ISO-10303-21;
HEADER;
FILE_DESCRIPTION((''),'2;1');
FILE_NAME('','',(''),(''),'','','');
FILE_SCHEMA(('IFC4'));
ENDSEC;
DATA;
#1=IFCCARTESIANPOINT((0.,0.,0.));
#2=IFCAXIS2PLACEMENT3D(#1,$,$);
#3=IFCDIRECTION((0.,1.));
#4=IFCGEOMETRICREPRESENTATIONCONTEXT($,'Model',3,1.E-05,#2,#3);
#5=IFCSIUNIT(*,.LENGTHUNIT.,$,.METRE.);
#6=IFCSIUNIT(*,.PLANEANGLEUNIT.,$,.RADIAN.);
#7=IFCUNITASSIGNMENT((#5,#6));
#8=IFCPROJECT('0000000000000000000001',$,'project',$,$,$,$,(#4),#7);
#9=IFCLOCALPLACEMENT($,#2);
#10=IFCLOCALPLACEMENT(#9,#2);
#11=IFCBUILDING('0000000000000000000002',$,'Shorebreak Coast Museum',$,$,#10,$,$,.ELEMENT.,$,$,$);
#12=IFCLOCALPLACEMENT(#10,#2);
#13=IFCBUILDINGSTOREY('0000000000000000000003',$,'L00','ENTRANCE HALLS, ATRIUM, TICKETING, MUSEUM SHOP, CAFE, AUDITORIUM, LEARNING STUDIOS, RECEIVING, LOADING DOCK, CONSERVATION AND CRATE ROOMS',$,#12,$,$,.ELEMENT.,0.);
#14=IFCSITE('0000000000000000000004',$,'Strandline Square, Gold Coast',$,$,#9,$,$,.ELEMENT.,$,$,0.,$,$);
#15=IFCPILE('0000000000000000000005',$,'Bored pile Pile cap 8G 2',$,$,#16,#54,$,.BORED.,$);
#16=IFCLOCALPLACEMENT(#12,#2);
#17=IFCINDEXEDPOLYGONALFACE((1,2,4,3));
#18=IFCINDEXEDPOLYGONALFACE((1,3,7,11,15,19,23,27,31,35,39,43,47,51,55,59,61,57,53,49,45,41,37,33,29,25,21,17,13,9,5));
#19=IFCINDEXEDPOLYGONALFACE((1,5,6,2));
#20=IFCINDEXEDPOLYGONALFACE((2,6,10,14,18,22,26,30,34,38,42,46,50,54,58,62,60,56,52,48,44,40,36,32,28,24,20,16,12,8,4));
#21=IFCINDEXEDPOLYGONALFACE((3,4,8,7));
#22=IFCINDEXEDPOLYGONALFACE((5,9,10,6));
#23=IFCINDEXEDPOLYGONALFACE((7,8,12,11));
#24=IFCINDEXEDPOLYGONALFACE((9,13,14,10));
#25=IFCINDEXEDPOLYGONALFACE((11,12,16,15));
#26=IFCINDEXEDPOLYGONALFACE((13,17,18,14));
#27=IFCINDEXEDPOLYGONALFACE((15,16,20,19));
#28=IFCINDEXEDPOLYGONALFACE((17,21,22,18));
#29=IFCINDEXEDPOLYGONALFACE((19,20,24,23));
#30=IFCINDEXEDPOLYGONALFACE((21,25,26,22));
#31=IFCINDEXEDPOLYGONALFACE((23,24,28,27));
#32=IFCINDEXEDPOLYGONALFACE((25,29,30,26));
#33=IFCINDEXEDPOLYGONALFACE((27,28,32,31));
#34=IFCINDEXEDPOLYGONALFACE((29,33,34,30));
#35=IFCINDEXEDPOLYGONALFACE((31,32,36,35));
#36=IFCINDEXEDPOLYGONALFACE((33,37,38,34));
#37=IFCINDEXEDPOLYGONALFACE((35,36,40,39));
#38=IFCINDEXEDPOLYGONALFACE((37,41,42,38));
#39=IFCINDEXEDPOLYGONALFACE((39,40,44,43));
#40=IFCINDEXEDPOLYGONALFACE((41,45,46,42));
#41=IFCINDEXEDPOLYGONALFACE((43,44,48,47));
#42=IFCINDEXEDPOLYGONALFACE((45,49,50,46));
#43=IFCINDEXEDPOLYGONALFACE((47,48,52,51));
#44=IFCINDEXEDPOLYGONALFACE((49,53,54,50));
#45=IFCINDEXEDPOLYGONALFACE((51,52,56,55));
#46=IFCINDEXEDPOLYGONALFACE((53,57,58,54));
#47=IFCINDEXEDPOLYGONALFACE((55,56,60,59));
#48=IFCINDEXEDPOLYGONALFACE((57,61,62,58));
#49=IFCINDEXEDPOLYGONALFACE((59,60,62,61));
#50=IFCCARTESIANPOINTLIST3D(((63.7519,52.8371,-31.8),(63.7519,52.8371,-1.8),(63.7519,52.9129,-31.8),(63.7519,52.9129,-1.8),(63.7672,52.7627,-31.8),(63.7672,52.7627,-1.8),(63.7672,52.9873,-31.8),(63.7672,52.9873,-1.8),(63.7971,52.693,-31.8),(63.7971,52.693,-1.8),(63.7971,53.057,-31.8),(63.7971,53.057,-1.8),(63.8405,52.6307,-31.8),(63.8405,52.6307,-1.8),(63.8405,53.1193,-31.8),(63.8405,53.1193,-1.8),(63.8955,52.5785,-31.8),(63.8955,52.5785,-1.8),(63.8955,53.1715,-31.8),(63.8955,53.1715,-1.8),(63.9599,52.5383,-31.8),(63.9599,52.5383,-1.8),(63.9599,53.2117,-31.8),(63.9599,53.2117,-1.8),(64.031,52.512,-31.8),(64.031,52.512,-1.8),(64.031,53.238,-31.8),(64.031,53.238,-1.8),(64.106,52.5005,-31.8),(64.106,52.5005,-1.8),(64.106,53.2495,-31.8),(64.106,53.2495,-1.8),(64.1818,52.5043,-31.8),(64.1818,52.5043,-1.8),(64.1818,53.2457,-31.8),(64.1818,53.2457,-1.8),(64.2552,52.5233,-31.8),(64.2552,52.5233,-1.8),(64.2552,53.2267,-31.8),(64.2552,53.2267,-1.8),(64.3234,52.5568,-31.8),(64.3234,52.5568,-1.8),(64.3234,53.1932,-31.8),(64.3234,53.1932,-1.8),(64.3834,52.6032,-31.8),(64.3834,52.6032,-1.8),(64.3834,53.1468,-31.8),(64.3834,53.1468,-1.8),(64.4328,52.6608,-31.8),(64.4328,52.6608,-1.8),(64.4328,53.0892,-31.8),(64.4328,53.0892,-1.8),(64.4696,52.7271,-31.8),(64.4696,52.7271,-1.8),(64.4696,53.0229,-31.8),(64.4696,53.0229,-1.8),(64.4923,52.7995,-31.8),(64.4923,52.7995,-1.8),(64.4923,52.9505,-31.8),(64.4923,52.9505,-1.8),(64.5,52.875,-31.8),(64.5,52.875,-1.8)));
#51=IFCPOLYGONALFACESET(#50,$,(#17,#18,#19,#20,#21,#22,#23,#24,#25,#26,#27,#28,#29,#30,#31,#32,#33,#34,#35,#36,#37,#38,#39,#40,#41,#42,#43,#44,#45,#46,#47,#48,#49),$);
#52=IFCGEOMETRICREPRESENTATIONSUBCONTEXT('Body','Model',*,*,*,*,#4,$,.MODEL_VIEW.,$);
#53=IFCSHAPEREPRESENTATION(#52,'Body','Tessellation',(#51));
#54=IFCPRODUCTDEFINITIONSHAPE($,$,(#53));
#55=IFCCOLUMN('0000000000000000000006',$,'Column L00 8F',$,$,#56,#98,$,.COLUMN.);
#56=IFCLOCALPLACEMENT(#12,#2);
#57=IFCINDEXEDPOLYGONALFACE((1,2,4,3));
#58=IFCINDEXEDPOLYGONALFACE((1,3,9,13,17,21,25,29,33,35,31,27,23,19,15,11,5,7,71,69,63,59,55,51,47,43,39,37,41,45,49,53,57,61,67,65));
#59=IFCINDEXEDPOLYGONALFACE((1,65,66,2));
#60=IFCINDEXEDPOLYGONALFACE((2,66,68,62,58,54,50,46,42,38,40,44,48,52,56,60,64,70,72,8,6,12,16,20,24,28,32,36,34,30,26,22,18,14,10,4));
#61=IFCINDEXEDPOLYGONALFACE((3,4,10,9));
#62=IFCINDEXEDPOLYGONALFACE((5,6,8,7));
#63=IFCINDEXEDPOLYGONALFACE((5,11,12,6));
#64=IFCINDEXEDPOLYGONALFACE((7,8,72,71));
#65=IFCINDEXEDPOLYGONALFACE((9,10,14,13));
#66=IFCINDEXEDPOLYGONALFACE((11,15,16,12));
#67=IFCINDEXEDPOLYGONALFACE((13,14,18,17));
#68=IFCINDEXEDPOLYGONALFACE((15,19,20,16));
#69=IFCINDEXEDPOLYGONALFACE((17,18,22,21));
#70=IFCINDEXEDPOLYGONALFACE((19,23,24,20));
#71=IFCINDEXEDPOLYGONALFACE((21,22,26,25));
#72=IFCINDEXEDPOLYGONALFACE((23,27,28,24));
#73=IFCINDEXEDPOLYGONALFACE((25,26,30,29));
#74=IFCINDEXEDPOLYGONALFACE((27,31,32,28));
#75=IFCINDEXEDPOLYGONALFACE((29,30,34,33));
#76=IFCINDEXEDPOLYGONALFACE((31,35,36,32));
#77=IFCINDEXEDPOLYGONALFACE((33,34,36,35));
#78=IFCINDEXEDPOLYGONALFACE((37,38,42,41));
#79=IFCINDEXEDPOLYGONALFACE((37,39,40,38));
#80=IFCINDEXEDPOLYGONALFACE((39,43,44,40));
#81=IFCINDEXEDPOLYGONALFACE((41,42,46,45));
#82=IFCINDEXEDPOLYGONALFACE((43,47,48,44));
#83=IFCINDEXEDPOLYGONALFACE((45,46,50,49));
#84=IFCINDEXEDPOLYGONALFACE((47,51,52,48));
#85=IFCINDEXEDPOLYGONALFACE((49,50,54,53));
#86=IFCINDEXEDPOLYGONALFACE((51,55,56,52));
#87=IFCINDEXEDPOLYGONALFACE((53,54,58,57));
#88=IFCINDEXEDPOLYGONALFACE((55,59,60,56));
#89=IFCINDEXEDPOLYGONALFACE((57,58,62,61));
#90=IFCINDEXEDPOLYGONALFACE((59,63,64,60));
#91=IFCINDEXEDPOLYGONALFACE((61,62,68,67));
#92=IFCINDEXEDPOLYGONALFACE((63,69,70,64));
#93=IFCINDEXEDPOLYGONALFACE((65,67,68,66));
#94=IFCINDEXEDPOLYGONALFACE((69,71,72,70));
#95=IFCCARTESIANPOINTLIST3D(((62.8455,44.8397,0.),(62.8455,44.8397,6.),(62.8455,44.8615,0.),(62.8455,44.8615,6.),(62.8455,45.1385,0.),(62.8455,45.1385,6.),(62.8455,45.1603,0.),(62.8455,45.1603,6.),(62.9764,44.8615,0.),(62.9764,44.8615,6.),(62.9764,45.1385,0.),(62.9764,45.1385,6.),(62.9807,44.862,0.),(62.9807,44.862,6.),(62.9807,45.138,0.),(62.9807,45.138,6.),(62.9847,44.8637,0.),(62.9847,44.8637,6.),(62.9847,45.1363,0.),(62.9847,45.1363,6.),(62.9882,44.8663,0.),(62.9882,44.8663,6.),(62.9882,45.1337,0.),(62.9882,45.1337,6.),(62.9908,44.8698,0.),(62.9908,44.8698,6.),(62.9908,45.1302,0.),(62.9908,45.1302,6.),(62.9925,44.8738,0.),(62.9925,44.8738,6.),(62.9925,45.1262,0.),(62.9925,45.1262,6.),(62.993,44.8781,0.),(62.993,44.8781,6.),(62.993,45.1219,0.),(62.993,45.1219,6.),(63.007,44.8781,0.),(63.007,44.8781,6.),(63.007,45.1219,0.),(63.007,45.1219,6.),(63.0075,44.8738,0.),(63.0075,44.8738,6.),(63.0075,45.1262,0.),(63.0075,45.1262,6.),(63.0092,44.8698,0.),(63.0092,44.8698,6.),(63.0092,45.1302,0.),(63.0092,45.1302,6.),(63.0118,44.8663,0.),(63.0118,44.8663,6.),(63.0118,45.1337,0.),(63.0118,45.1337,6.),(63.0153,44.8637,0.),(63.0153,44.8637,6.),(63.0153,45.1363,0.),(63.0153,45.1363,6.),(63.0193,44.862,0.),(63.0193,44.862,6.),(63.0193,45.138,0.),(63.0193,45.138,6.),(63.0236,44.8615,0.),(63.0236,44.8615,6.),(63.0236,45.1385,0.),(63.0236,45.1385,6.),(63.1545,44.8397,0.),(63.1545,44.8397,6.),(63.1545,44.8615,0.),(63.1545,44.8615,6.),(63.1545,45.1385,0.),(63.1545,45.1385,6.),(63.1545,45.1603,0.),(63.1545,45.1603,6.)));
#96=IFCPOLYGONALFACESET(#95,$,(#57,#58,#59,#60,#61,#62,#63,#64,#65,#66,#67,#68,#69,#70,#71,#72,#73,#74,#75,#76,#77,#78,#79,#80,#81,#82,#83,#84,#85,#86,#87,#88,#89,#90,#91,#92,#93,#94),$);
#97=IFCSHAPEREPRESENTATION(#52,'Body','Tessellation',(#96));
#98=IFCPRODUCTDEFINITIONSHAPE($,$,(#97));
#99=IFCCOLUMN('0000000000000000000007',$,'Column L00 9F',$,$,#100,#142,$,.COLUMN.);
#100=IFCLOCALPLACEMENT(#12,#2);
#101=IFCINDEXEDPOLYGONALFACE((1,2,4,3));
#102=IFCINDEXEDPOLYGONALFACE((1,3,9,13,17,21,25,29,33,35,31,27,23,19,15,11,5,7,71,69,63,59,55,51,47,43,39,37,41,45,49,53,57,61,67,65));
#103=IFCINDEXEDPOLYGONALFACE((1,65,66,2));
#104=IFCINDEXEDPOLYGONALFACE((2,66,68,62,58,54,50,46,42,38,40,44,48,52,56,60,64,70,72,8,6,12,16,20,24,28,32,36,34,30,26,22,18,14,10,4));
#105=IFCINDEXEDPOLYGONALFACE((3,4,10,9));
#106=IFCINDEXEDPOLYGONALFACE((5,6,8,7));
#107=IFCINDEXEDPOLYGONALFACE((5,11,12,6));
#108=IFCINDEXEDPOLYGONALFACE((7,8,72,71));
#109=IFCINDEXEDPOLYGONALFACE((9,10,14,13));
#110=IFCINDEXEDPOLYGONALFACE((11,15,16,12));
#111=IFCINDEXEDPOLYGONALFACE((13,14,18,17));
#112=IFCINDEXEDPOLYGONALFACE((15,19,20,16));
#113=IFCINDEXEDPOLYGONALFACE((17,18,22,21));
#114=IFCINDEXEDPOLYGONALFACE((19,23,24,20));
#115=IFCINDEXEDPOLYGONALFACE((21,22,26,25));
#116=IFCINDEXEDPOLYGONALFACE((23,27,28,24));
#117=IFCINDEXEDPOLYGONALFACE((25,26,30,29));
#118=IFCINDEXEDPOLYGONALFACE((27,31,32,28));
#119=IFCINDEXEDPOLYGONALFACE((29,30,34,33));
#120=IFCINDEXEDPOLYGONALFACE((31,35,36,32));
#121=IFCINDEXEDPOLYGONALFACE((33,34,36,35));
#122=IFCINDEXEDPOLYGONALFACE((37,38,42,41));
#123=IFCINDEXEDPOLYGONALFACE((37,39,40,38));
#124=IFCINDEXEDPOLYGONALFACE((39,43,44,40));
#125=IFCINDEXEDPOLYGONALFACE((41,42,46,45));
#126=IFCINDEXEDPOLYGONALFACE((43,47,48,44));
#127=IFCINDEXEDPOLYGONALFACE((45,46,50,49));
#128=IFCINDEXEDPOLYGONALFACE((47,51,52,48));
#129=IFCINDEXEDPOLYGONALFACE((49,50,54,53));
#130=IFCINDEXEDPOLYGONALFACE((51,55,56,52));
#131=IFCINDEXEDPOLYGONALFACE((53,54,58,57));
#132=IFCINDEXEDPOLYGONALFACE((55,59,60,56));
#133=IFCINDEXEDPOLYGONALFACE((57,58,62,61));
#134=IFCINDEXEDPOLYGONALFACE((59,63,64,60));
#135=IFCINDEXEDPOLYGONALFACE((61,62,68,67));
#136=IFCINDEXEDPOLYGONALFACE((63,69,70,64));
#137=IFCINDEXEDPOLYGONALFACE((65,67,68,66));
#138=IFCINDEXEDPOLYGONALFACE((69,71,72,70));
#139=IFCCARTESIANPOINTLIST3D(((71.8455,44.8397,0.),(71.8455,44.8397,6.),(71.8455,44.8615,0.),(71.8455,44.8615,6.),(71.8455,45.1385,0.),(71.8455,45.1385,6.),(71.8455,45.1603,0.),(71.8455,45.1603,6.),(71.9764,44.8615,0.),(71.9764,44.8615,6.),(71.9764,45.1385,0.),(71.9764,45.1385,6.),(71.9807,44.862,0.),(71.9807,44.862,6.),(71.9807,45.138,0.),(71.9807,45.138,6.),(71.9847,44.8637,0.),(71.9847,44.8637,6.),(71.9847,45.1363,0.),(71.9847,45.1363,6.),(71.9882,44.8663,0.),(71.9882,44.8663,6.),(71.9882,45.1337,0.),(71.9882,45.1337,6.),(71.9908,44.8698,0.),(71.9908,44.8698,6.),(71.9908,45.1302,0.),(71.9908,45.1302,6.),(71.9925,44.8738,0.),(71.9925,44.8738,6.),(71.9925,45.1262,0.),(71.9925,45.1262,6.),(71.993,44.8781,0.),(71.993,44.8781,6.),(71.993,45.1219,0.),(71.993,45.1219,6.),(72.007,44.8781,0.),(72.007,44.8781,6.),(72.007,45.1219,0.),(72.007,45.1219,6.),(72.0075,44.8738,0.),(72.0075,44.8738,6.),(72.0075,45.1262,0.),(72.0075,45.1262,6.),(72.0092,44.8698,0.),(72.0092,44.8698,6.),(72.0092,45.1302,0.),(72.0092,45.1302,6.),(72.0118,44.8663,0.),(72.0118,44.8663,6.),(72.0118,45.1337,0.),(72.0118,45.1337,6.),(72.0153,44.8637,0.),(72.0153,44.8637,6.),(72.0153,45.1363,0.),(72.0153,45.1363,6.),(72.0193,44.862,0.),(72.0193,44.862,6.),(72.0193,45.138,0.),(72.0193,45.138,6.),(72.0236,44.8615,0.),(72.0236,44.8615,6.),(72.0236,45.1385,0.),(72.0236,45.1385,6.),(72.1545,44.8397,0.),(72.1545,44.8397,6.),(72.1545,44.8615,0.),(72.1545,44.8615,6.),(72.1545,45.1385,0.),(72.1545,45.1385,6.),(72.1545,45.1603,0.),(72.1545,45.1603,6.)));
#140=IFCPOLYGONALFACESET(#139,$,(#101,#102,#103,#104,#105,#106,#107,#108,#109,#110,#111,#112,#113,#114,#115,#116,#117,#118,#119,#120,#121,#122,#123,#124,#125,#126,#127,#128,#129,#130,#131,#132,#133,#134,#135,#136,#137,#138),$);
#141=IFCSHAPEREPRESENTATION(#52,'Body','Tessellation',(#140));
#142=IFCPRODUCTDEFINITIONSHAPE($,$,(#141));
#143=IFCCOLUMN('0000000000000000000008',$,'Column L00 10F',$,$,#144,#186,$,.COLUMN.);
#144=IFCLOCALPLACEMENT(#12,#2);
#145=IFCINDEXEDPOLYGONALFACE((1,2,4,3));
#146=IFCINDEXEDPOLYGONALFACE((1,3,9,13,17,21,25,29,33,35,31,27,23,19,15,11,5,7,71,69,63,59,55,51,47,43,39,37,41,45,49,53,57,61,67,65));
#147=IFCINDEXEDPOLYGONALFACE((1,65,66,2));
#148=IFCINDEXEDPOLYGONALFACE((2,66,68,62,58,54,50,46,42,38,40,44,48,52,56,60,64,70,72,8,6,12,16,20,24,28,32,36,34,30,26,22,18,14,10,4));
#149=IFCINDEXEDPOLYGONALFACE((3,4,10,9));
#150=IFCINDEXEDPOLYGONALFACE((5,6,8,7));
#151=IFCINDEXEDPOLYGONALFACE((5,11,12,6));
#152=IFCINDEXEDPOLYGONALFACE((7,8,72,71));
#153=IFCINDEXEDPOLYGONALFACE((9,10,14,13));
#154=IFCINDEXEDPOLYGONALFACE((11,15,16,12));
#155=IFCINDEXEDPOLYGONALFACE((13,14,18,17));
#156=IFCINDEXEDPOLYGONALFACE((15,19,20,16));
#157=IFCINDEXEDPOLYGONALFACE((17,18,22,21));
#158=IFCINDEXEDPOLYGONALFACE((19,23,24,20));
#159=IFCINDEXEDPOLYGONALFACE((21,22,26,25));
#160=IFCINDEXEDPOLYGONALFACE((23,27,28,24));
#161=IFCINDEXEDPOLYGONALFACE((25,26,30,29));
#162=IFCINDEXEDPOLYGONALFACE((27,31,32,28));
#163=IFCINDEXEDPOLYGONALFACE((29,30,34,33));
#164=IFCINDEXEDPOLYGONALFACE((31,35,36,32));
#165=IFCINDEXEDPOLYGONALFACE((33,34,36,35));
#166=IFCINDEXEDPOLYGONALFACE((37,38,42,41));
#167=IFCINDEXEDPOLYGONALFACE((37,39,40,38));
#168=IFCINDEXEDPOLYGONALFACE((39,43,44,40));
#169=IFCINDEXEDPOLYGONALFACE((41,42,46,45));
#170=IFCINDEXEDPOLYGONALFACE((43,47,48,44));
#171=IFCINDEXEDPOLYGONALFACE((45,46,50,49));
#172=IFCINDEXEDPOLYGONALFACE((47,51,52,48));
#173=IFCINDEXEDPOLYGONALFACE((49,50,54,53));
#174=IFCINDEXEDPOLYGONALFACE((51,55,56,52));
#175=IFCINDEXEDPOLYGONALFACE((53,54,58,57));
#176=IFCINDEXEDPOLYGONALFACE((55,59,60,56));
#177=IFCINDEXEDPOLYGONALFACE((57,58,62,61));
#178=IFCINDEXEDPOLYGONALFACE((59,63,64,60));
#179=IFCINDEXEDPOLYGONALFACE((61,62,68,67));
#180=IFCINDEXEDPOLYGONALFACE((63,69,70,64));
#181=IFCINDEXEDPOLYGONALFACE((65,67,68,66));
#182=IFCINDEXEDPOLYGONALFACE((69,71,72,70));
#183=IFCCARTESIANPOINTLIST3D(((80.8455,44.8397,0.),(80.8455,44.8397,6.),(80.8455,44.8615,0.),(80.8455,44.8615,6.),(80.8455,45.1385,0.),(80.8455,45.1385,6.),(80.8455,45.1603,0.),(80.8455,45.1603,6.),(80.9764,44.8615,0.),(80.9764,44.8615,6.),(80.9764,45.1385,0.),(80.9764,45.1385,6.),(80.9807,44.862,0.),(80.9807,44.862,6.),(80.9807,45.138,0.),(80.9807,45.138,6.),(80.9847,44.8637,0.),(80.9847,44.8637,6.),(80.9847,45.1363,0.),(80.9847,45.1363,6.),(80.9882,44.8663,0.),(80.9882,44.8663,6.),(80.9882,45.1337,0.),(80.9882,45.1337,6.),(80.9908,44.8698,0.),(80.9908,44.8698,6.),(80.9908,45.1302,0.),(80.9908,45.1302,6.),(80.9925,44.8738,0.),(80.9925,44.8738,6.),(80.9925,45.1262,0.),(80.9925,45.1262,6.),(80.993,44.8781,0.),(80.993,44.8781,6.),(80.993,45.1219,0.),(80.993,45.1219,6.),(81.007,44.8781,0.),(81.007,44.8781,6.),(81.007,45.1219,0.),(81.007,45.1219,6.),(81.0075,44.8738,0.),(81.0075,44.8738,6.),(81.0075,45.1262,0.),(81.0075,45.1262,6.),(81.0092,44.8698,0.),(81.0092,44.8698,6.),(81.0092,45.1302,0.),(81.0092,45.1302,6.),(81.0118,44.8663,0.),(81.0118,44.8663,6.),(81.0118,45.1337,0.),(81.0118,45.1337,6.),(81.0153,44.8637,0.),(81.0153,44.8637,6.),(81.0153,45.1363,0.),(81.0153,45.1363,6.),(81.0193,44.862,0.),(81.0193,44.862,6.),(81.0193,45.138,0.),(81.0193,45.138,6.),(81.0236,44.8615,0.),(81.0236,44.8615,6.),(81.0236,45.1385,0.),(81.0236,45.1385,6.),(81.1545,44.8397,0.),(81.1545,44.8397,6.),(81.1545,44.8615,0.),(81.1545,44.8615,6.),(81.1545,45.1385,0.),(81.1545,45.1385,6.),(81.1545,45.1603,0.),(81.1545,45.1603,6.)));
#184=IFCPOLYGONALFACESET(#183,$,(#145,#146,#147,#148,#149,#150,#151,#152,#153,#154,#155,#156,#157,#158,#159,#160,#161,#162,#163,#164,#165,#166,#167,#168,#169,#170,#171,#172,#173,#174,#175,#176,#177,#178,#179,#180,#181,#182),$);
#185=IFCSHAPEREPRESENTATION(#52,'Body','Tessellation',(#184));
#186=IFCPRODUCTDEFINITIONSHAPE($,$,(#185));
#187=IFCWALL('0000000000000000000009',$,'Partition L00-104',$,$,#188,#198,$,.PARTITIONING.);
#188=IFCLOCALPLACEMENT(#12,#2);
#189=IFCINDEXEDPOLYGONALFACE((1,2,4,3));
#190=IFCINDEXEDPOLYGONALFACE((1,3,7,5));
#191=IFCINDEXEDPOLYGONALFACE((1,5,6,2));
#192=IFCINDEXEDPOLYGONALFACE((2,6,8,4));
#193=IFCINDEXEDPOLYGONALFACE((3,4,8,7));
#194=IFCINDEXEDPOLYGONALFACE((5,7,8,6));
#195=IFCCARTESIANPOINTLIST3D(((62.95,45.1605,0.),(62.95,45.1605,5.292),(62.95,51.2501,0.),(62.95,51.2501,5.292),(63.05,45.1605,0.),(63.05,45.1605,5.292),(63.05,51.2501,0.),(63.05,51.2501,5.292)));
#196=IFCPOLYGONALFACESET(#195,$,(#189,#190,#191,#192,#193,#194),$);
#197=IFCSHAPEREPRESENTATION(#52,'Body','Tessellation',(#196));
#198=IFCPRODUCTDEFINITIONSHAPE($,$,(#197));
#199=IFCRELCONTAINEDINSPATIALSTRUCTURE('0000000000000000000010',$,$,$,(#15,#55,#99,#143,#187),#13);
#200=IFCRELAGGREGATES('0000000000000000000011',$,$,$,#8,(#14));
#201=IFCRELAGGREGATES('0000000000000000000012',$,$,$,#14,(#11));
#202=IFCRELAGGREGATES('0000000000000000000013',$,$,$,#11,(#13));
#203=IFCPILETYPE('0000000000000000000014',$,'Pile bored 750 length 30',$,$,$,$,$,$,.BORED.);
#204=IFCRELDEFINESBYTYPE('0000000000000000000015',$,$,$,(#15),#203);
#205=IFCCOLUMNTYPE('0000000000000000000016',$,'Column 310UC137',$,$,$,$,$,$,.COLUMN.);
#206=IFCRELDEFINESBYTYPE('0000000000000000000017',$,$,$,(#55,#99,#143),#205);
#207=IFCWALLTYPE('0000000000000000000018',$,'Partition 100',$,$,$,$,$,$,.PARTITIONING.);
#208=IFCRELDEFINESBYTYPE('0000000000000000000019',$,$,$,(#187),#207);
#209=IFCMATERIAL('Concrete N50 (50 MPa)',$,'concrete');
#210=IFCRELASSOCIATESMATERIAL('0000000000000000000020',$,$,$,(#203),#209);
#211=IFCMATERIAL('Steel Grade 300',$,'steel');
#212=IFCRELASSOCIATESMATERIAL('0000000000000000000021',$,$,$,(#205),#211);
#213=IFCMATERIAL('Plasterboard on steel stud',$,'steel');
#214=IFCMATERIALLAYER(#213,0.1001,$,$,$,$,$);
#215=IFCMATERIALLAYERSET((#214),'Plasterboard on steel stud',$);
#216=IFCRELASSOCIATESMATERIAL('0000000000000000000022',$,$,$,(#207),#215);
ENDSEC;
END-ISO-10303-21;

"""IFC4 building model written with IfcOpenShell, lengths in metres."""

from ifc_helpers import new_model, si_unit, direction, frame, frame_2d, origin, origin_2d, place, context, subcontext, project, spatial, rectangle, circle, i_section, extrude, material, layer, layer_set, material_profile, profile_set, type_object, element, save


model = new_model("IFC4")

# Units and contexts
model_context = context("Model", 3, precision=1e-05, world=origin(), true_north=direction((0.0, 1.0)))
body_context = subcontext(model_context, "Body", "Model", "MODEL_VIEW")
ifc_project = project(units=[si_unit("LENGTHUNIT", "METRE"), si_unit("PLANEANGLEUNIT", "RADIAN")], contexts=[model_context])

# Site, building, storey
site_placement = place(None, origin())
site = spatial("IfcSite", under=ifc_project, at=site_placement, Name="Strandline Square, Gold Coast", CompositionType="ELEMENT", RefElevation=0.0)
building_placement = place(site_placement, origin())
building = spatial("IfcBuilding", under=site, at=building_placement, Name="Shorebreak Coast Museum", CompositionType="ELEMENT")
storey_placement = place(building_placement, origin())
storey = spatial("IfcBuildingStorey", under=building, at=storey_placement, Name="L00", Description="ENTRANCE HALLS, ATRIUM, TICKETING, MUSEUM SHOP, CAFE, AUDITORIUM, LEARNING STUDIOS, RECEIVING, LOADING DOCK, CONSERVATION AND CRATE ROOMS", CompositionType="ELEMENT", Elevation=0.0)

# Pile
ifc_material_1 = material(Name="Concrete N50 (50 MPa)", Category="concrete")
ifc_material_profile_1 = material_profile(ifc_material_1, circle(Radius=0.375, at=origin_2d()), Name="Pile bored 750 length 30")
ifc_profile_set_1 = profile_set([ifc_material_profile_1], Name="Concrete N50 (50 MPa)")
pile_type_1 = type_object("IfcPileType", Name="Pile bored 750 length 30", PredefinedType="BORED", material=ifc_profile_set_1)
pile_placement = place(storey_placement, frame((64.125, 52.875, -1.8), z_axis=(0.0, 0.0, -1.0), x_axis=(1.0, 0.0, 0.0)))
element("IfcPile", 1, at=pile_placement, inside=storey, type_object=pile_type_1, Name="Bored pile Pile cap 8G 2", PredefinedType="BORED", context=body_context, shape_type="SweptSolid", body=[
    extrude(circle(Radius=0.375, at=origin_2d()), origin(), (0.0, 0.0, 1.0), 30.0),
])

# Columns
ifc_material_2 = material(Name="Steel Grade 300", Category="steel")
ifc_material_profile_2 = material_profile(ifc_material_2, i_section(OverallWidth=0.3091, OverallDepth=0.3206, WebThickness=0.0139, FlangeThickness=0.0217, FilletRadius=0.0166, at=origin_2d()), Name="310UC137")
ifc_profile_set_2 = profile_set([ifc_material_profile_2], Name="Steel Grade 300")
column_type = type_object("IfcColumnType", Name="Column 310UC137", PredefinedType="COLUMN", material=ifc_profile_set_2)
for number, where, z_axis, x_axis, name in (
    (2, (63.0, 45.0, 0.0), (0.0, 0.0, 1.0), (1.0, 0.0, 0.0), "Column L00 8F"),
    (3, (72.0, 45.0, 0.0), (0.0, 0.0, 1.0), (1.0, 0.0, 0.0), "Column L00 9F"),
    (4, (81.0, 45.0, 0.0), (0.0, 0.0, 1.0), (1.0, 0.0, 0.0), "Column L00 10F"),
):
    element("IfcColumn", number, at=place(storey_placement, frame(where, z_axis=z_axis, x_axis=x_axis)), inside=storey, type_object=column_type, Name=name, PredefinedType="COLUMN", context=body_context, shape_type="SweptSolid", body=[
        extrude(i_section(OverallWidth=0.3091, OverallDepth=0.3206, WebThickness=0.0139, FlangeThickness=0.0217, FilletRadius=0.0166, at=origin_2d()), origin(), (0.0, 0.0, 1.0), 6.0),
    ])

# Wall
ifc_material_3 = material(Name="Plasterboard on steel stud", Category="steel")
ifc_layer_1 = layer(ifc_material_3, 0.1001)
ifc_layer_set_1 = layer_set([ifc_layer_1], Name="Plasterboard on steel stud")
wall_type_1 = type_object("IfcWallType", Name="Partition 100", PredefinedType="PARTITIONING", material=ifc_layer_set_1)
wall_1_placement = place(storey_placement, frame((63.0, 45.1604, 0.0), z_axis=(0.0, 0.0, 1.0), x_axis=(0.0, 1.0, 0.0)))
element("IfcWall", 5, at=wall_1_placement, inside=storey, type_object=wall_type_1, Name="Partition L00-104", PredefinedType="PARTITIONING", context=body_context, shape_type="SweptSolid", body=[
    extrude(rectangle(XDim=6.0896, YDim=0.1001, at=frame_2d((3.0449, 0.0))), origin(), (0.0, 0.0, 1.0), 5.292),
])

save(model, "model.ifc")
